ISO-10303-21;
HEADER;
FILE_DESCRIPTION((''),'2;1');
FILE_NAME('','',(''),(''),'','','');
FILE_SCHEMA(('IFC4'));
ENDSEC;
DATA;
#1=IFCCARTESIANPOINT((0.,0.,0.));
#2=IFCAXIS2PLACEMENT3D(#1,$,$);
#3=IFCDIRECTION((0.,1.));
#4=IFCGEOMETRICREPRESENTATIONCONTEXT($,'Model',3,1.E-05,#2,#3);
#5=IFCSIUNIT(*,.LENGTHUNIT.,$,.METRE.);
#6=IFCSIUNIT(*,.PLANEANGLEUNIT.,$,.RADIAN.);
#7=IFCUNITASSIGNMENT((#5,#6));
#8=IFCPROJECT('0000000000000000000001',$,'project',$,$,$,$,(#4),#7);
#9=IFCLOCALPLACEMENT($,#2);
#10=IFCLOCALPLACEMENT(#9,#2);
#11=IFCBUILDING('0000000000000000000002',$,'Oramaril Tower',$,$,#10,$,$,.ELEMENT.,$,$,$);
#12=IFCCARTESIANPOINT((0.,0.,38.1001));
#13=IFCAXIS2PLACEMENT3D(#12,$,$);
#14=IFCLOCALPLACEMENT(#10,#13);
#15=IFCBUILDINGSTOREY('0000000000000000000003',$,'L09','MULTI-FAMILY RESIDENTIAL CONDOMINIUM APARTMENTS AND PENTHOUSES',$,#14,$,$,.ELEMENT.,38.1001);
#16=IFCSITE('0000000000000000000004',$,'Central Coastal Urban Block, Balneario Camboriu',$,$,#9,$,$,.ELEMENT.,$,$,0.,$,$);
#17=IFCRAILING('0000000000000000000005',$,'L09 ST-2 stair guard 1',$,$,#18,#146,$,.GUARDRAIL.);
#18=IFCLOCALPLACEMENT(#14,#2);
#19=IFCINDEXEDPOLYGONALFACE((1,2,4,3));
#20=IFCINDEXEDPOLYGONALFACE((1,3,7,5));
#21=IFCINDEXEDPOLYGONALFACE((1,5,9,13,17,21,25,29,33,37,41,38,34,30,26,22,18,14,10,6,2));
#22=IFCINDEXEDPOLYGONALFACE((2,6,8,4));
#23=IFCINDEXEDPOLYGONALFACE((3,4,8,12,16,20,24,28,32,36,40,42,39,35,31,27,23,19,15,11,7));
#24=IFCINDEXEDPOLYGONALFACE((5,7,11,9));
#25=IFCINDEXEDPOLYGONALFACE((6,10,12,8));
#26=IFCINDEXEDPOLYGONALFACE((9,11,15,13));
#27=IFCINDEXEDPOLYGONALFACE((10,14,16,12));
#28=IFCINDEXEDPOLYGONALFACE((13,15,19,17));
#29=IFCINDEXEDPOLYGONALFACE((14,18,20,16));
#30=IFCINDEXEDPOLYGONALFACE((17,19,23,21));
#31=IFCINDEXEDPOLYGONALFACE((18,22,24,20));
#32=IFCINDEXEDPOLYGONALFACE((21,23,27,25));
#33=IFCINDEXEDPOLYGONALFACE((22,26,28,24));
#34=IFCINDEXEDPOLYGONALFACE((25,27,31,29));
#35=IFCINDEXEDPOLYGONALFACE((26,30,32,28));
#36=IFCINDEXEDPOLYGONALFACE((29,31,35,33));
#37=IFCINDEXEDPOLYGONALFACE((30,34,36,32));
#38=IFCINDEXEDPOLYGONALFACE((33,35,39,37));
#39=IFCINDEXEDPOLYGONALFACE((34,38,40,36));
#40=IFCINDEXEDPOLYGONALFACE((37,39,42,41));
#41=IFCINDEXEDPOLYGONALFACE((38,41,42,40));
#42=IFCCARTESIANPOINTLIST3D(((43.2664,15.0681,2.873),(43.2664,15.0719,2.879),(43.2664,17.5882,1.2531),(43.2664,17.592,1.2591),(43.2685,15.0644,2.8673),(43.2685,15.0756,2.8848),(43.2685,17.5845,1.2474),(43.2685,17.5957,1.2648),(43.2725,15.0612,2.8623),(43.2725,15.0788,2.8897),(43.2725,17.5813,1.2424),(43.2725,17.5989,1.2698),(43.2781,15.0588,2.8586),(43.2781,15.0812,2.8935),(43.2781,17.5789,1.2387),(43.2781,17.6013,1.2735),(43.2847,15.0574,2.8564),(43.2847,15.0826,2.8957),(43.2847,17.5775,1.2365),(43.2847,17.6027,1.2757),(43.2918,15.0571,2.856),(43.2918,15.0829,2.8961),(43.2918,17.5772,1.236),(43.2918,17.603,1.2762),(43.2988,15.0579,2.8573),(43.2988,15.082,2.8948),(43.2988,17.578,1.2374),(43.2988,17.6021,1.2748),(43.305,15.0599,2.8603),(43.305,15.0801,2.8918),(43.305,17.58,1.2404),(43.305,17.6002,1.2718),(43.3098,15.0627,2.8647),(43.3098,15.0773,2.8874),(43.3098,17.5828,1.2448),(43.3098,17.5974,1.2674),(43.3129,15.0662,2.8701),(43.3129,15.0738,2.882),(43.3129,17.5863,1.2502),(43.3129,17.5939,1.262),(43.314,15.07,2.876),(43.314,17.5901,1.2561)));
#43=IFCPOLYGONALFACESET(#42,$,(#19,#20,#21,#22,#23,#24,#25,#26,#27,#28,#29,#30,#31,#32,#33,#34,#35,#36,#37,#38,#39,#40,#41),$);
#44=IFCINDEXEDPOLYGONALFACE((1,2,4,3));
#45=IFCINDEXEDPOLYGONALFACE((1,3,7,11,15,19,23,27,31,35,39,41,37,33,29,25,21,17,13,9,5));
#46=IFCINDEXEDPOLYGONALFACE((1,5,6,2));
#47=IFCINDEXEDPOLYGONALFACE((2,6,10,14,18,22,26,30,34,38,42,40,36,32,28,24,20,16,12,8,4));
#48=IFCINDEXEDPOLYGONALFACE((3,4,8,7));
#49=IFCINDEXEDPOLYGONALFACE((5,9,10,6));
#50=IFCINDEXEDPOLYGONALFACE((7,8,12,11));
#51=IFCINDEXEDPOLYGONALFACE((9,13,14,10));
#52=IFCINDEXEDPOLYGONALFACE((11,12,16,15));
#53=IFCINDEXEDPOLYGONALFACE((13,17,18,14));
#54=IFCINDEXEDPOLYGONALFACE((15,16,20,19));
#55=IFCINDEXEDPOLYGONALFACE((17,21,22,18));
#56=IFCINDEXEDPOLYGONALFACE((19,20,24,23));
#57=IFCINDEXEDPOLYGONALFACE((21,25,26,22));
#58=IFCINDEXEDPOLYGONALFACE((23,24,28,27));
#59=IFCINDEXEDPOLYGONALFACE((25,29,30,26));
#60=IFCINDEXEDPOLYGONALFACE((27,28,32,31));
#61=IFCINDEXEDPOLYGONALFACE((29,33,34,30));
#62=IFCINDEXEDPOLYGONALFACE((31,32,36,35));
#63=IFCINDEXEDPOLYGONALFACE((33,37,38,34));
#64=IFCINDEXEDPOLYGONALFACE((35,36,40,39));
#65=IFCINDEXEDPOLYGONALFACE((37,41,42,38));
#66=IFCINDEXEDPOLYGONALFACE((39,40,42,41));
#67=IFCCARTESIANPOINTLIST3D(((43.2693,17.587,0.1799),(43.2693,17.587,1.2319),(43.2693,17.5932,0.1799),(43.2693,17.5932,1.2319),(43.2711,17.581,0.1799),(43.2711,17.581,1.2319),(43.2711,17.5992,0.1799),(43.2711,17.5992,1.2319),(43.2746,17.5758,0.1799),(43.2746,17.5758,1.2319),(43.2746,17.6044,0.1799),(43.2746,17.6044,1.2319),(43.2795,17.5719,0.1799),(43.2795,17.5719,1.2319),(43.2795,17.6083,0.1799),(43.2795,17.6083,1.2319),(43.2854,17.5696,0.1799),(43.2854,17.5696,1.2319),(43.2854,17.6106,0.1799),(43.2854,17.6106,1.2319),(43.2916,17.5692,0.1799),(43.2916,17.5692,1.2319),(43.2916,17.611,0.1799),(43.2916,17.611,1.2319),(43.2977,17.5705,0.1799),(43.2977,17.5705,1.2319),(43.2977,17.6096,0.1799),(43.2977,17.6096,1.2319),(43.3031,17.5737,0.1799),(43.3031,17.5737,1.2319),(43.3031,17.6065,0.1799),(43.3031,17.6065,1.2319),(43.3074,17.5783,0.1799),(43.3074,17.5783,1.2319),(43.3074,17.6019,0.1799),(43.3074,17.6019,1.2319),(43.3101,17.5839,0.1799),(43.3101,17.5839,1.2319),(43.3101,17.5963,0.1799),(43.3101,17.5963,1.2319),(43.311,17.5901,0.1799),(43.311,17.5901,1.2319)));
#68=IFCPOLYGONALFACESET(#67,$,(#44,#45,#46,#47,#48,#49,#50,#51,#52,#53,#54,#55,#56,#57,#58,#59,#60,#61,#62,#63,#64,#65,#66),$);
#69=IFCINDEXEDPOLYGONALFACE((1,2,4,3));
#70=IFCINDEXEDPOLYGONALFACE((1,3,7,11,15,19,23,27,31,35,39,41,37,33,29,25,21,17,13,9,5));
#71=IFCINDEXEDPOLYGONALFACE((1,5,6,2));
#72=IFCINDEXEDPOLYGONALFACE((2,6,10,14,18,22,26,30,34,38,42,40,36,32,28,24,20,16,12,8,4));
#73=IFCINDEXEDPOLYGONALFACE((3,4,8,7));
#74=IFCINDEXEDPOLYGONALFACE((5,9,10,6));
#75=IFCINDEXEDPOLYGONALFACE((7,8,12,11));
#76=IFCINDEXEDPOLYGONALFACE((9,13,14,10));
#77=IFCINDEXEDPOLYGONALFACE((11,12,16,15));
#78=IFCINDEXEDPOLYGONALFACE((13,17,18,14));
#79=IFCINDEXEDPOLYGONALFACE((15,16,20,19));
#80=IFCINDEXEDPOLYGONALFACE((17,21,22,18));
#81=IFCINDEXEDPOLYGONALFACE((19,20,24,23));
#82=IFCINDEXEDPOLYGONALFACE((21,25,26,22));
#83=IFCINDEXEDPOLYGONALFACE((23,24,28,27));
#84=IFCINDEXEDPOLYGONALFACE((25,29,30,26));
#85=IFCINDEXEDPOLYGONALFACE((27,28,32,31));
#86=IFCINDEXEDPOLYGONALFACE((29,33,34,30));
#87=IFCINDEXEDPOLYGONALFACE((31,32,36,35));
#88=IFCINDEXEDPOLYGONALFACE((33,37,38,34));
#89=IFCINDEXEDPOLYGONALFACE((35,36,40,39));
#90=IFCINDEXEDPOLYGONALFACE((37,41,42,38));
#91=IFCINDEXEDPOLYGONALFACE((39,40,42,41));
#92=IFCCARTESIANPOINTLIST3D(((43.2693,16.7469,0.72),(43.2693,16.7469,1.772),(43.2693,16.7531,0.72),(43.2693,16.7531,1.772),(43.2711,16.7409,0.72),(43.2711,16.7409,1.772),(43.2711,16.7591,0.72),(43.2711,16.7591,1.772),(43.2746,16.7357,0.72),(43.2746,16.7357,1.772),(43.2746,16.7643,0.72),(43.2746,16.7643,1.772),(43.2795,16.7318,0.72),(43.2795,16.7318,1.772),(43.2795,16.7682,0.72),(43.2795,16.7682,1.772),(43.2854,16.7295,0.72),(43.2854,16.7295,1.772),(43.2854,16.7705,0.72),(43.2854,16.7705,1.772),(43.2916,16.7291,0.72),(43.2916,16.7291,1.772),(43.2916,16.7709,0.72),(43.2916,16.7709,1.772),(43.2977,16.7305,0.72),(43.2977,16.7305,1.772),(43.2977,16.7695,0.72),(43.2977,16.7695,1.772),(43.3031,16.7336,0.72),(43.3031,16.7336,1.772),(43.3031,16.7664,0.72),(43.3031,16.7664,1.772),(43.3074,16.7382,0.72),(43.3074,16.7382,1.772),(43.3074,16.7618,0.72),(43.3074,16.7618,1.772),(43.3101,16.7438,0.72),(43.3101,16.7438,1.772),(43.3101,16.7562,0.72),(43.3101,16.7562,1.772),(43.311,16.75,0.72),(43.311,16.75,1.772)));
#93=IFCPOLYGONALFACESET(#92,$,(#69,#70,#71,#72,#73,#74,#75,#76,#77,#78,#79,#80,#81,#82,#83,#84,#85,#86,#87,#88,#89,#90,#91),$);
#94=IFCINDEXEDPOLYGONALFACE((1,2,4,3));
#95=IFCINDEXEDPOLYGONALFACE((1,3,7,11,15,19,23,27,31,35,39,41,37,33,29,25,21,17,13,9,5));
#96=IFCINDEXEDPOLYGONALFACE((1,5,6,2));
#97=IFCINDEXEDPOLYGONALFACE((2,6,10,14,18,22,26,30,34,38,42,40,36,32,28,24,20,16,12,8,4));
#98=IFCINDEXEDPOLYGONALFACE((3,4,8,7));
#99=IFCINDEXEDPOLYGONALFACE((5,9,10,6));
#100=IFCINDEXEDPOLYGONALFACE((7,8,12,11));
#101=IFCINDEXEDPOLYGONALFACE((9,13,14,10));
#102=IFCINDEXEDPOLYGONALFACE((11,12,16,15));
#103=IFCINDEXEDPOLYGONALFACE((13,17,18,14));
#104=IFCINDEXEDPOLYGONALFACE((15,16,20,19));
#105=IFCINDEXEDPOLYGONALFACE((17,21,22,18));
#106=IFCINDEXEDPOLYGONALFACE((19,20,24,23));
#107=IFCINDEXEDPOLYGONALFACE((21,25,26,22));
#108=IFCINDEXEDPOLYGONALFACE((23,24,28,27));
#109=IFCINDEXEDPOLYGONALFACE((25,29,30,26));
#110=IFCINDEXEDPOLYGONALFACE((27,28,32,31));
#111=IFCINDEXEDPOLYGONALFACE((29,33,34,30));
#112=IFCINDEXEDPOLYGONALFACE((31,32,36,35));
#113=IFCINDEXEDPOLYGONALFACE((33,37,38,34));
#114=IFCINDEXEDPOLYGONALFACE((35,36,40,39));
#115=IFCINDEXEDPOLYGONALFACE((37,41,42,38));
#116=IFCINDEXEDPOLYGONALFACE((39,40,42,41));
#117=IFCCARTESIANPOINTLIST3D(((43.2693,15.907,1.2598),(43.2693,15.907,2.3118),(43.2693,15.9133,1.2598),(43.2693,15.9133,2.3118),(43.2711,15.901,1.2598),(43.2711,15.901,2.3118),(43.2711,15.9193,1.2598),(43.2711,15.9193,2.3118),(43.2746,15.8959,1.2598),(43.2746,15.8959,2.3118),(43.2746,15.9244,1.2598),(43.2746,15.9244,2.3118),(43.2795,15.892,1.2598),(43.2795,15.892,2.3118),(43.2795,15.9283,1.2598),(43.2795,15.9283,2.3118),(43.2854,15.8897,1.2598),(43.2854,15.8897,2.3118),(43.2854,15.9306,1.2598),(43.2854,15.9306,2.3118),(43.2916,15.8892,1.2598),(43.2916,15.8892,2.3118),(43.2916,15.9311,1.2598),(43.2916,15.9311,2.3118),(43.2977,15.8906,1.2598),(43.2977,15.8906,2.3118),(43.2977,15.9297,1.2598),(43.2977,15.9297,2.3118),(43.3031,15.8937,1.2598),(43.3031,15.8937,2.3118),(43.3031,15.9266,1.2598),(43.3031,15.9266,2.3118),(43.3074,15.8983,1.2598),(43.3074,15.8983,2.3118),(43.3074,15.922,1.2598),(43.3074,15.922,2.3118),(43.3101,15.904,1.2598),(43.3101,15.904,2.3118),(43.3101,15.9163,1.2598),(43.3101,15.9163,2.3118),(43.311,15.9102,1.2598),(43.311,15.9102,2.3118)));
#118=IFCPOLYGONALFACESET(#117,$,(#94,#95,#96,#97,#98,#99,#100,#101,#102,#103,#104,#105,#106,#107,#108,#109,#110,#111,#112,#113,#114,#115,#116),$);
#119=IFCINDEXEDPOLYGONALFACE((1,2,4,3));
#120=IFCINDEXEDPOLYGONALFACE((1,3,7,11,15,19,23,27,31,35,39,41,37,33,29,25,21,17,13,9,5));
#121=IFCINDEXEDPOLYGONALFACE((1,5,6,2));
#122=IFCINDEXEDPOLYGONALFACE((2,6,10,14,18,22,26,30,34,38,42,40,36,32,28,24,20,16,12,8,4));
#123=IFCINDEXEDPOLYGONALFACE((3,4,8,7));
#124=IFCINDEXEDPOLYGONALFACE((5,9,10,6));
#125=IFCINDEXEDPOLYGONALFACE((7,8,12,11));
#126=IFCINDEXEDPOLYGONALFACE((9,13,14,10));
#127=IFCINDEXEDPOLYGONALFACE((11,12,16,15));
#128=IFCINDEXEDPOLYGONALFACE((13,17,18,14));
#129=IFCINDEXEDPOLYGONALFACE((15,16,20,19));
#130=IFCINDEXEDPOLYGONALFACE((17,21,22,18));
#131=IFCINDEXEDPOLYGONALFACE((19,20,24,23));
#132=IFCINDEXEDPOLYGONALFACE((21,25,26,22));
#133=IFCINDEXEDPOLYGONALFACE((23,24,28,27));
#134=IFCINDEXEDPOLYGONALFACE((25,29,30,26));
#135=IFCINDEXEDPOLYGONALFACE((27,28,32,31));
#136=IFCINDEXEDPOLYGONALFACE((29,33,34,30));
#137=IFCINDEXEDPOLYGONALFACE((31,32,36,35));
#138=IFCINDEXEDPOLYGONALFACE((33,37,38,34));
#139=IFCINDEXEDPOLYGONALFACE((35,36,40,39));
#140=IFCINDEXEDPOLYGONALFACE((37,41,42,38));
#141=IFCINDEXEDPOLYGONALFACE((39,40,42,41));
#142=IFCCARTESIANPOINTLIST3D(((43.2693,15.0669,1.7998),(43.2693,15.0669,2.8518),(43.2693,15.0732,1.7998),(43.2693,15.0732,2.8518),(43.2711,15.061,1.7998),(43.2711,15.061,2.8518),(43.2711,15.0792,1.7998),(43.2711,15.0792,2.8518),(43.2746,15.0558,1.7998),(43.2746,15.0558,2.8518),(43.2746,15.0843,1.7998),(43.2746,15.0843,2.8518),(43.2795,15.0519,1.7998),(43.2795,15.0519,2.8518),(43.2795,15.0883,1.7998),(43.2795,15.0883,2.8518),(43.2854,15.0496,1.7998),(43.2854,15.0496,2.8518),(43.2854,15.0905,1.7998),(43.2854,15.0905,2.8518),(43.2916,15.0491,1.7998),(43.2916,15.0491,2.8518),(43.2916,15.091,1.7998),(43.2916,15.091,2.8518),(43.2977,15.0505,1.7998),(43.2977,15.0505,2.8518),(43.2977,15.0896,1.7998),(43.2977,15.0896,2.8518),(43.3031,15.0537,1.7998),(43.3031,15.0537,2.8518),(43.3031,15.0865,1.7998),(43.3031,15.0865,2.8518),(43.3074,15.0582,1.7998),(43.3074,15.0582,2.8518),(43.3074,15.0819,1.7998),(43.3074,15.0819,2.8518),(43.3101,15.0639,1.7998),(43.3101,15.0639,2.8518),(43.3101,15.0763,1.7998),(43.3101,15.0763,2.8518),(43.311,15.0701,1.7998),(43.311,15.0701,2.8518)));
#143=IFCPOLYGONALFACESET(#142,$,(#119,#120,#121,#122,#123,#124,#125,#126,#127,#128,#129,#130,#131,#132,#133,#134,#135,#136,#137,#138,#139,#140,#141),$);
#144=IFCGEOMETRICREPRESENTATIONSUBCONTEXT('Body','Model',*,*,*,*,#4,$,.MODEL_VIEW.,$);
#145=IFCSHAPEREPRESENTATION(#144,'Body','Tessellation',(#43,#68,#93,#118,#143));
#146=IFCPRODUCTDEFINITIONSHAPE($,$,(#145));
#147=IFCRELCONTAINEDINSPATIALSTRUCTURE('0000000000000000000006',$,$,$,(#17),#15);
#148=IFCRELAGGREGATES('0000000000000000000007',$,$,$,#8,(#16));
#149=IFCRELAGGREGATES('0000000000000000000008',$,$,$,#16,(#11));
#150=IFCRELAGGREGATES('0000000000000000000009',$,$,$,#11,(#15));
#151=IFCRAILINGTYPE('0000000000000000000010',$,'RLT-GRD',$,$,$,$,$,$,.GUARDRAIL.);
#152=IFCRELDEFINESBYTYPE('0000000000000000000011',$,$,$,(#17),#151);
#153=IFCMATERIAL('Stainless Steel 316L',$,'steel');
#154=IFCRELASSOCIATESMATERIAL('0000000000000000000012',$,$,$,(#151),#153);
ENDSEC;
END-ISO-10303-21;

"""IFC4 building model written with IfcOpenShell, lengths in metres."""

from ifc_helpers import new_model, si_unit, direction, frame, origin, origin_2d, place, context, subcontext, project, spatial, circle, extrude, material, type_object, element, save


model = new_model("IFC4")

# Units and contexts
model_context = context("Model", 3, precision=1e-05, world=origin(), true_north=direction((0.0, 1.0)))
body_context = subcontext(model_context, "Body", "Model", "MODEL_VIEW")
ifc_project = project(units=[si_unit("LENGTHUNIT", "METRE"), si_unit("PLANEANGLEUNIT", "RADIAN")], contexts=[model_context])

# Site, building, storey
site_placement = place(None, origin())
site = spatial("IfcSite", under=ifc_project, at=site_placement, Name="Central Coastal Urban Block, Balneario Camboriu", CompositionType="ELEMENT", RefElevation=0.0)
building_placement = place(site_placement, origin())
building = spatial("IfcBuilding", under=site, at=building_placement, Name="Oramaril Tower", CompositionType="ELEMENT")
storey_placement = place(building_placement, frame((0.0, 0.0, 38.1001)))
storey = spatial("IfcBuildingStorey", under=building, at=storey_placement, Name="L09", Description="MULTI-FAMILY RESIDENTIAL CONDOMINIUM APARTMENTS AND PENTHOUSES", CompositionType="ELEMENT", Elevation=38.1001)

# Railing
ifc_material_1 = material(Name="Stainless Steel 316L", Category="steel")
railing_type_1 = type_object("IfcRailingType", Name="RLT-GRD", PredefinedType="GUARDRAIL", material=ifc_material_1)
railing_1_placement = place(storey_placement, frame((43.29, 17.5901, 0.1799)))
element("IfcRailing", 1, at=railing_1_placement, inside=storey, type_object=railing_type_1, Name="L09 ST-2 stair guard 1", PredefinedType="GUARDRAIL", context=body_context, shape_type="SweptSolid", body=[
    extrude(circle(Radius=0.0239, at=origin_2d()), frame((0.0, 0.0, 1.0762), z_axis=(0.0, -0.8412, 0.540725), x_axis=(1.0, 0.0, 0.0)), (0.0, 0.0, 1.0), 2.9958),
    extrude(circle(Radius=0.021, at=origin_2d()), origin(), (0.0, 0.0, 1.0), 1.052),
    extrude(circle(Radius=0.021, at=origin_2d()), frame((0.0, -0.8401, 0.54)), (0.0, 0.0, 1.0), 1.052),
    extrude(circle(Radius=0.021, at=origin_2d()), frame((0.0, -1.6799, 1.0798)), (0.0, 0.0, 1.0), 1.052),
    extrude(circle(Radius=0.021, at=origin_2d()), frame((0.0, -2.52, 1.6199)), (0.0, 0.0, 1.0), 1.052),
])

save(model, "model.ifc")
